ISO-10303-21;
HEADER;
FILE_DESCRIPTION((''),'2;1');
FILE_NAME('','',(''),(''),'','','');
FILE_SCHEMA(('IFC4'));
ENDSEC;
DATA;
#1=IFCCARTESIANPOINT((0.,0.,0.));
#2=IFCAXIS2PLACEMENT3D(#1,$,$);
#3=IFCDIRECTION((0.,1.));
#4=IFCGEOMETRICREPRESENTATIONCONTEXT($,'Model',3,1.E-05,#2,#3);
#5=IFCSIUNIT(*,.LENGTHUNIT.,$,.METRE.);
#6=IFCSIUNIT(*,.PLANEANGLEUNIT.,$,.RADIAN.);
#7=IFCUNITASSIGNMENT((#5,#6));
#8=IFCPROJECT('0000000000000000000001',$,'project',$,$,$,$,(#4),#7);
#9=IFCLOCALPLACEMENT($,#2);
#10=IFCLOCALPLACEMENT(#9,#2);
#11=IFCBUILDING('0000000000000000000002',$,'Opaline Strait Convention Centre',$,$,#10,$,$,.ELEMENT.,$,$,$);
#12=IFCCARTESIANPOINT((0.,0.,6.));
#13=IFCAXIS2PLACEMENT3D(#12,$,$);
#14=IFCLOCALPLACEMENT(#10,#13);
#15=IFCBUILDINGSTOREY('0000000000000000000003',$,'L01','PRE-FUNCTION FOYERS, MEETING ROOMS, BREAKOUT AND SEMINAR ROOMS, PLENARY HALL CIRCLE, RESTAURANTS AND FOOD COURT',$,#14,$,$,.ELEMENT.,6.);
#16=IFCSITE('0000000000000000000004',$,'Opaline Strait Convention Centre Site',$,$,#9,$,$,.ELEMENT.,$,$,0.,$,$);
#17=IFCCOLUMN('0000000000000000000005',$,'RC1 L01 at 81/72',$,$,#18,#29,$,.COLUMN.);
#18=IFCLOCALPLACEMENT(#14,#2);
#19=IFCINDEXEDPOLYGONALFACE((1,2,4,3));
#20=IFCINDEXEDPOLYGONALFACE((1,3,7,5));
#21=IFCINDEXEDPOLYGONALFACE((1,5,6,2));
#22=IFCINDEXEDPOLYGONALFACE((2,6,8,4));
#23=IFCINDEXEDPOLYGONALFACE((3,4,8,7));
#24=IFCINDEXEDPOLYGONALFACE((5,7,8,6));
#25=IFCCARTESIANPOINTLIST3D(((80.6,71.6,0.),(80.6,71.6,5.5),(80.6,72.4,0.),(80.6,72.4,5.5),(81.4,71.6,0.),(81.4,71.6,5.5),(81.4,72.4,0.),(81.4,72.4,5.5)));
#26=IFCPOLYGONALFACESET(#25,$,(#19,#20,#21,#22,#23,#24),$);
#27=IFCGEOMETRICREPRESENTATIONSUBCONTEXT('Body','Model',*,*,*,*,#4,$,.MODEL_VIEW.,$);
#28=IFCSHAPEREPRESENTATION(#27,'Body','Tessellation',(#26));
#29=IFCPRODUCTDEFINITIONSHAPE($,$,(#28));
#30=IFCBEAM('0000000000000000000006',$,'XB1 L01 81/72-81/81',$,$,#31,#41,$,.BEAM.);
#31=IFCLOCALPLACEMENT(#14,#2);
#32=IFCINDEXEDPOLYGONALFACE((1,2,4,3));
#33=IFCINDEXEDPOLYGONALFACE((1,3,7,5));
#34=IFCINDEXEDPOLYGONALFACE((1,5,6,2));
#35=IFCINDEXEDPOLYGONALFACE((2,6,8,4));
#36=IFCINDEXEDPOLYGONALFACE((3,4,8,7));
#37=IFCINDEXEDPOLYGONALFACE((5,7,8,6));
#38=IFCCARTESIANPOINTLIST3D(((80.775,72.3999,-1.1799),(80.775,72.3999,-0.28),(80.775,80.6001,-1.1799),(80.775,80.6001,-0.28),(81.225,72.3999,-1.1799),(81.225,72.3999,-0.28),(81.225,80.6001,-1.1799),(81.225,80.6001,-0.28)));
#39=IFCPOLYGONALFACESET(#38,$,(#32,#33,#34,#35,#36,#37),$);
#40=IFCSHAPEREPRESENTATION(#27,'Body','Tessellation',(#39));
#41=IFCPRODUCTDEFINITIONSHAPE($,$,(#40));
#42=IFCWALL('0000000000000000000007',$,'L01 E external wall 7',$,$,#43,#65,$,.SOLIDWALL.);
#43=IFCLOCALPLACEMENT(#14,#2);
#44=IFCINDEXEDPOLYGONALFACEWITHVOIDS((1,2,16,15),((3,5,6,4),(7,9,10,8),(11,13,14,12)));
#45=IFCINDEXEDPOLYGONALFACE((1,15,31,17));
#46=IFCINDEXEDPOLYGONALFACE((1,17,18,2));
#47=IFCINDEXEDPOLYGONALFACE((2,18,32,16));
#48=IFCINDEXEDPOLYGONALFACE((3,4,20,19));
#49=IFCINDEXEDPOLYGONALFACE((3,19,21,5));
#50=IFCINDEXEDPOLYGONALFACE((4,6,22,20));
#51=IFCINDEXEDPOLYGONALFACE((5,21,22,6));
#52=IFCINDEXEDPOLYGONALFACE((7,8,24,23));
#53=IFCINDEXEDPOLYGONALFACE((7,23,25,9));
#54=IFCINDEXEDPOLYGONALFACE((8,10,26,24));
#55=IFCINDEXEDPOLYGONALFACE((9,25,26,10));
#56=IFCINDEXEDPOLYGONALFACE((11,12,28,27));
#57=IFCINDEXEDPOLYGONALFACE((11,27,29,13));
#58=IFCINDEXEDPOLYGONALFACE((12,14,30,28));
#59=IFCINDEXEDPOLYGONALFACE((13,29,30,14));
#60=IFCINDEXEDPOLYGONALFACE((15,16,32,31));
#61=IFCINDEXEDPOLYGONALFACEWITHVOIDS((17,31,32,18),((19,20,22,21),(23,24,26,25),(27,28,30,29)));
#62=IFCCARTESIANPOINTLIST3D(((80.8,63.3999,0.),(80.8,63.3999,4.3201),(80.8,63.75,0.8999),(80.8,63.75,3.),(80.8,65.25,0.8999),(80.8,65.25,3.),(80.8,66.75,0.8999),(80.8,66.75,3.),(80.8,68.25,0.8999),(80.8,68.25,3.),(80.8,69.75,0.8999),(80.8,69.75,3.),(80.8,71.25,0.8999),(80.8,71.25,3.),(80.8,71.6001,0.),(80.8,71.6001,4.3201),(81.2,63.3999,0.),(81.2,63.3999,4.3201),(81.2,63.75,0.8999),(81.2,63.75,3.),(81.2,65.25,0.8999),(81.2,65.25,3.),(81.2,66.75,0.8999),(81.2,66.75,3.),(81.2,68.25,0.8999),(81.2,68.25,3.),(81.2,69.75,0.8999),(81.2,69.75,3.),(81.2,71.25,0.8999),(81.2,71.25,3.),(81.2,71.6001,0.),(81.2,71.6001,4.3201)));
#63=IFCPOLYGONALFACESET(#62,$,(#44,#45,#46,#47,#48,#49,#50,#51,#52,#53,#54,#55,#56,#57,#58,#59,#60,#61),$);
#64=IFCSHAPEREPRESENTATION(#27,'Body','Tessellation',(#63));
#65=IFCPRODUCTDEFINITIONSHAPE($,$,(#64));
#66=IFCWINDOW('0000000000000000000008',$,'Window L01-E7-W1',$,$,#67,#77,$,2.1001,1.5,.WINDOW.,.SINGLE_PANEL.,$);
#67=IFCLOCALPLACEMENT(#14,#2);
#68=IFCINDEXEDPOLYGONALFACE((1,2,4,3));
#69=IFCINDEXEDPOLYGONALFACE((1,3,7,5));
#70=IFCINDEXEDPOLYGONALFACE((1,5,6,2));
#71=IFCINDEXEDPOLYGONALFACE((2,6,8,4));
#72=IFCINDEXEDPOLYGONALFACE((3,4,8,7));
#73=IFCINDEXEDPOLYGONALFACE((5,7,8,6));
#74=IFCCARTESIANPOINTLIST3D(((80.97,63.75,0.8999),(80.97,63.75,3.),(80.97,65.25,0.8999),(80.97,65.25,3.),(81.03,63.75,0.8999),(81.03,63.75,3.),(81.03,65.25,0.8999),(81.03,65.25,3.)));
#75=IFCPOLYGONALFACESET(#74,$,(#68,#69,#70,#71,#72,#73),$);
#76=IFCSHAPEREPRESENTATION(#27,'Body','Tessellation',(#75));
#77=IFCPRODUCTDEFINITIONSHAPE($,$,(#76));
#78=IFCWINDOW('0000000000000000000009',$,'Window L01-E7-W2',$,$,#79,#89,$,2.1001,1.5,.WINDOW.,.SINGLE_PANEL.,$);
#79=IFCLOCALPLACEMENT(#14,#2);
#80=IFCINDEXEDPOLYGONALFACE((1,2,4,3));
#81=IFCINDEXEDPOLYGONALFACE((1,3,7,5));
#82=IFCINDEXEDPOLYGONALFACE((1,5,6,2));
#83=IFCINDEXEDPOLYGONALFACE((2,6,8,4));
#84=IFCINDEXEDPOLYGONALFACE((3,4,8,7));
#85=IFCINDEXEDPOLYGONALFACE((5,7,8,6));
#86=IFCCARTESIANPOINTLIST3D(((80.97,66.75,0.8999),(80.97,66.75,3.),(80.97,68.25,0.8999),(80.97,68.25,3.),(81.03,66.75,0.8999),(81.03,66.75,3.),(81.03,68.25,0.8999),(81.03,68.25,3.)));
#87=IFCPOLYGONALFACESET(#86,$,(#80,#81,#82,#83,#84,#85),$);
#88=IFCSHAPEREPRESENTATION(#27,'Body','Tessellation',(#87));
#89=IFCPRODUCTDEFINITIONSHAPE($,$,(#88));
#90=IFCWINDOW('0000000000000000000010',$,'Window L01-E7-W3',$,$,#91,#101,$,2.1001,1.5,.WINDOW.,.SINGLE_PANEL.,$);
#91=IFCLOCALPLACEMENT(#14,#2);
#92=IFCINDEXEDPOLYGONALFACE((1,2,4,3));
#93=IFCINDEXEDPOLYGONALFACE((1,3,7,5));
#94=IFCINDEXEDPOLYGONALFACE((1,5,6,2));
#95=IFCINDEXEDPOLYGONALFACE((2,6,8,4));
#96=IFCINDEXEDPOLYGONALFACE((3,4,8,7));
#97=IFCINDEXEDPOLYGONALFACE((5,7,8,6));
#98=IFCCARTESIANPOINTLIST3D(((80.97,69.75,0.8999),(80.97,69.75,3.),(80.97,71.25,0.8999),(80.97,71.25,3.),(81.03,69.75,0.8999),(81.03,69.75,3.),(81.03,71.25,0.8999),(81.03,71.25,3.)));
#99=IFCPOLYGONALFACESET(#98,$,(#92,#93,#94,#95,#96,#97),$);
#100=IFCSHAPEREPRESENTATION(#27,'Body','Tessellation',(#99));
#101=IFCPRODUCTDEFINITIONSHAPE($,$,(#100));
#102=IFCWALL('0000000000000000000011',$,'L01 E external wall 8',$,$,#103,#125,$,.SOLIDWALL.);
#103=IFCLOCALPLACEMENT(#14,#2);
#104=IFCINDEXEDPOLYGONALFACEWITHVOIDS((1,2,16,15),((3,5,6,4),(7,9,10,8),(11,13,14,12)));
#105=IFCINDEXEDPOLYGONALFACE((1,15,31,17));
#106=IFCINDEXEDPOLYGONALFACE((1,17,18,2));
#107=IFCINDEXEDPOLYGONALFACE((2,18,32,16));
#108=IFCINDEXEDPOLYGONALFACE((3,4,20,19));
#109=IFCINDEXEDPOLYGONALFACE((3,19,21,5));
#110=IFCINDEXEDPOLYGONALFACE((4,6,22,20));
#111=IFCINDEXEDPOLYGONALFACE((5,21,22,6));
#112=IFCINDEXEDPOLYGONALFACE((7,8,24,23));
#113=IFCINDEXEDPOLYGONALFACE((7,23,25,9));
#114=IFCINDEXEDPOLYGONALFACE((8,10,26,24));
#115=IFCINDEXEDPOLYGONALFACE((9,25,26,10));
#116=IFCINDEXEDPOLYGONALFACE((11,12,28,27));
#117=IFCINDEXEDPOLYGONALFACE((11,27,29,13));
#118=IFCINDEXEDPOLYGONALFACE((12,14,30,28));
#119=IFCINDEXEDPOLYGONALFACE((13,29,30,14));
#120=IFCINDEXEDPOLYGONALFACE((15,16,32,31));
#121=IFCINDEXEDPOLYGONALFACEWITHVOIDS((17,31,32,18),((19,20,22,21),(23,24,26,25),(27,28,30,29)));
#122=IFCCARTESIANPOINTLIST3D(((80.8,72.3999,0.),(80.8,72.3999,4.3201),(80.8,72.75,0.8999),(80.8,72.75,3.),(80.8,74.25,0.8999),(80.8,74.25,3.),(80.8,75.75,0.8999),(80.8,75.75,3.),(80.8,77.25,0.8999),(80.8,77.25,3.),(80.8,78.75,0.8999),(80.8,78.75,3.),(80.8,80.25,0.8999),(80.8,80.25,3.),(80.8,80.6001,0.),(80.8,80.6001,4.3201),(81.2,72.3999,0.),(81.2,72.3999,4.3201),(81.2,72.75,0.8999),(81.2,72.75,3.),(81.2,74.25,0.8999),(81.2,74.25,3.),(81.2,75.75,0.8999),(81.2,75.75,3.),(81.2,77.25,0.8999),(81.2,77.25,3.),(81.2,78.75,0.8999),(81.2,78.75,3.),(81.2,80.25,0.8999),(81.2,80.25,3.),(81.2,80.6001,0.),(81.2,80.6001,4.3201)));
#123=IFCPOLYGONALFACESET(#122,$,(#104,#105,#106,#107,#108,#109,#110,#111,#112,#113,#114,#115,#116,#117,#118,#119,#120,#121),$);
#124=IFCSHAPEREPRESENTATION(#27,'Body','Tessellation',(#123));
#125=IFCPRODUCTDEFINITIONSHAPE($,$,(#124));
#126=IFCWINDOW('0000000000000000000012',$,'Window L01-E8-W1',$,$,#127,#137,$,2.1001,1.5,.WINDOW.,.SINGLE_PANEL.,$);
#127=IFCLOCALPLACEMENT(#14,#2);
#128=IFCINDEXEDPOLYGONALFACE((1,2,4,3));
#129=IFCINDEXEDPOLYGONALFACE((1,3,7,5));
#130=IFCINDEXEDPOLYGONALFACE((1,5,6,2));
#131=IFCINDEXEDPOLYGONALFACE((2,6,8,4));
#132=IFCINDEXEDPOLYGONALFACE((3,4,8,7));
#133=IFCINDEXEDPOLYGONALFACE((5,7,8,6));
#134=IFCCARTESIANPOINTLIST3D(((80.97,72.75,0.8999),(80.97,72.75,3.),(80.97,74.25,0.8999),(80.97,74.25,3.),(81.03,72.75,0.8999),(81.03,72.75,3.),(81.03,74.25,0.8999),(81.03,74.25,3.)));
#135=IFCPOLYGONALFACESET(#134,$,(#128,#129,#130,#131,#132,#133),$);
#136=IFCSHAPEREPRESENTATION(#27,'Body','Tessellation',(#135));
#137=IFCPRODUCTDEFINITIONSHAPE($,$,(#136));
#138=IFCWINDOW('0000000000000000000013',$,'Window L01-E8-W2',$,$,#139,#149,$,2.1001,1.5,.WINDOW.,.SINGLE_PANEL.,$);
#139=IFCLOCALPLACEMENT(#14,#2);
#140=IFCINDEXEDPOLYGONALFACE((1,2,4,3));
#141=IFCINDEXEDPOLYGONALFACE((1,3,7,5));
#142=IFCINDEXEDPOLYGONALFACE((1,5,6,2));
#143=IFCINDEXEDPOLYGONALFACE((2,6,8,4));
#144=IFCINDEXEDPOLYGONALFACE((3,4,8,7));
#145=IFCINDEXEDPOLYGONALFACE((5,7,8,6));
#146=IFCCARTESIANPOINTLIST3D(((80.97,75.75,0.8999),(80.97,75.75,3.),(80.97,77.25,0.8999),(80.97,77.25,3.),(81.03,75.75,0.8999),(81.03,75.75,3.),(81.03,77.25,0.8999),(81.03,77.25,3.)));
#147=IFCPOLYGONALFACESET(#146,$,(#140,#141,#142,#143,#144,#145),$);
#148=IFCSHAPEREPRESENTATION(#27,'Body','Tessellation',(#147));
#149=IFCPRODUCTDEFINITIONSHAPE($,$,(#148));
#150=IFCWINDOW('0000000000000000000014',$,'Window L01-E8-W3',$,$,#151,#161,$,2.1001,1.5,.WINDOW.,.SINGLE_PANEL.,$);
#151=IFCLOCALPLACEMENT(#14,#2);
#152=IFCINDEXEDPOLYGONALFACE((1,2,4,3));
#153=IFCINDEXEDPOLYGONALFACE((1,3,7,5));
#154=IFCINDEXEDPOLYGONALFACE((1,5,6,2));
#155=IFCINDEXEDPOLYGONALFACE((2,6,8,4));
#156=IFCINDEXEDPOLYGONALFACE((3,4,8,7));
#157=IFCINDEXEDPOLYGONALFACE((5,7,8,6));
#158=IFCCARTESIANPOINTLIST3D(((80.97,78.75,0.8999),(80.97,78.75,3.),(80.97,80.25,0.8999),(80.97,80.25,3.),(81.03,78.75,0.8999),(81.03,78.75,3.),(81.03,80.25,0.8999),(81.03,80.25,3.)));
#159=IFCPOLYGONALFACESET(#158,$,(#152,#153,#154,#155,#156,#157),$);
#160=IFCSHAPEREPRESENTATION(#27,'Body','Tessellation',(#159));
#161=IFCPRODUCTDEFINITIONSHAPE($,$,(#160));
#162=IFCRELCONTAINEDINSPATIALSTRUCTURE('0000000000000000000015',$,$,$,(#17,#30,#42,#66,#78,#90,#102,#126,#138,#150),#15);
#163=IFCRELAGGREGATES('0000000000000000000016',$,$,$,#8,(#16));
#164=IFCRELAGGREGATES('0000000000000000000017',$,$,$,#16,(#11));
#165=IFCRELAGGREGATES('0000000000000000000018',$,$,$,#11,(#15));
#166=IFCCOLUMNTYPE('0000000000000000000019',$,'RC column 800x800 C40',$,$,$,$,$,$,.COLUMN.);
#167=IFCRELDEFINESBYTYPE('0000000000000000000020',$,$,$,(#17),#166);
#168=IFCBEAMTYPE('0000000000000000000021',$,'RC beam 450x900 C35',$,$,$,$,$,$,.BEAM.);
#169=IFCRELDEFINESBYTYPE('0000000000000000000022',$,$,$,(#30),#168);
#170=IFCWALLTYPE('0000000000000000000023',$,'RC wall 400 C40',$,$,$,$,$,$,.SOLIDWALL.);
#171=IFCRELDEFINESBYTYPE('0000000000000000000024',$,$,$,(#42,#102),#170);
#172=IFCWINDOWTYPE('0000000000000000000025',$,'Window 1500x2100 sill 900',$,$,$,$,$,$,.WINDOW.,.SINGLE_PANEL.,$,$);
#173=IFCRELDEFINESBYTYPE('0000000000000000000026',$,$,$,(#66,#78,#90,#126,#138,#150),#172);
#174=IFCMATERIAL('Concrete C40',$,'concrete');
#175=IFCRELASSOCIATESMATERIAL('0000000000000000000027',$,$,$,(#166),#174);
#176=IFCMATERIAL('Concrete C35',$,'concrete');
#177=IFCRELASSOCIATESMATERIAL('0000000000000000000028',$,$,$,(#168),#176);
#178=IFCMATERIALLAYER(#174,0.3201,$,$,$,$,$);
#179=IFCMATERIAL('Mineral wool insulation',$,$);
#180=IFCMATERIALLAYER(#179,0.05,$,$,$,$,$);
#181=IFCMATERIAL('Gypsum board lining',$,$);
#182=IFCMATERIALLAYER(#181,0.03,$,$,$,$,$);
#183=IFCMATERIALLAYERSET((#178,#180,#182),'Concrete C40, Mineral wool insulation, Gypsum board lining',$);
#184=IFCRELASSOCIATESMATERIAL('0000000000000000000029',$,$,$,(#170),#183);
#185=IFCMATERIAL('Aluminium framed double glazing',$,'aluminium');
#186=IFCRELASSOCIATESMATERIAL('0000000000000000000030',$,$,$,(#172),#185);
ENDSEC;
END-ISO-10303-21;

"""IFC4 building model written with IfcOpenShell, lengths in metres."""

from ifc_helpers import new_model, si_unit, direction, frame, frame_2d, origin, origin_2d, place, context, subcontext, project, spatial, rectangle, extrude, material, layer, layer_set, material_profile, profile_set, type_object, element, fill, save


model = new_model("IFC4")

# Units and contexts
model_context = context("Model", 3, precision=1e-05, world=origin(), true_north=direction((0.0, 1.0)))
body_context = subcontext(model_context, "Body", "Model", "MODEL_VIEW")
ifc_project = project(units=[si_unit("LENGTHUNIT", "METRE"), si_unit("PLANEANGLEUNIT", "RADIAN")], contexts=[model_context])

# Site, building, storey
site_placement = place(None, origin())
site = spatial("IfcSite", under=ifc_project, at=site_placement, Name="Opaline Strait Convention Centre Site", CompositionType="ELEMENT", RefElevation=0.0)
building_placement = place(site_placement, origin())
building = spatial("IfcBuilding", under=site, at=building_placement, Name="Opaline Strait Convention Centre", CompositionType="ELEMENT")
storey_placement = place(building_placement, frame((0.0, 0.0, 6.0)))
storey = spatial("IfcBuildingStorey", under=building, at=storey_placement, Name="L01", Description="PRE-FUNCTION FOYERS, MEETING ROOMS, BREAKOUT AND SEMINAR ROOMS, PLENARY HALL CIRCLE, RESTAURANTS AND FOOD COURT", CompositionType="ELEMENT", Elevation=6.0)

# Column
ifc_material_1 = material(Name="Concrete C40", Category="concrete")
ifc_material_profile_1 = material_profile(ifc_material_1, rectangle(XDim=0.8, YDim=0.8, at=origin_2d()), Name="RC 800x800")
ifc_profile_set_1 = profile_set([ifc_material_profile_1], Name="Concrete C40")
column_type = type_object("IfcColumnType", Name="RC column 800x800 C40", PredefinedType="COLUMN", material=ifc_profile_set_1)
column_placement = place(storey_placement, frame((81.0, 72.0, 0.0), z_axis=(0.0, 0.0, 1.0), x_axis=(1.0, 0.0, 0.0)))
element("IfcColumn", 1, at=column_placement, inside=storey, type_object=column_type, Name="RC1 L01 at 81/72", PredefinedType="COLUMN", context=body_context, shape_type="SweptSolid", body=[
    extrude(rectangle(XDim=0.8, YDim=0.8, at=origin_2d()), origin(), (0.0, 0.0, 1.0), 5.5),
])

# Beam
ifc_material_2 = material(Name="Concrete C35", Category="concrete")
ifc_material_profile_2 = material_profile(ifc_material_2, rectangle(XDim=0.45, YDim=0.8999, at=origin_2d()), Name="RC 450x900")
ifc_profile_set_2 = profile_set([ifc_material_profile_2], Name="Concrete C35")
beam_type = type_object("IfcBeamType", Name="RC beam 450x900 C35", PredefinedType="BEAM", material=ifc_profile_set_2)
beam_placement = place(storey_placement, frame((81.0, 72.3999, -0.73), z_axis=(0.0, 1.0, 0.0), x_axis=(-1.0, 0.0, 0.0)))
element("IfcBeam", 2, at=beam_placement, inside=storey, type_object=beam_type, Name="XB1 L01 81/72-81/81", PredefinedType="BEAM", context=body_context, shape_type="SweptSolid", body=[
    extrude(rectangle(XDim=0.45, YDim=0.8999, at=origin_2d()), origin(), (0.0, 0.0, 1.0), 8.2002),
])

# Walls, openings, windows
ifc_layer_1 = layer(ifc_material_1, 0.3201)
ifc_material_3 = material(Name="Mineral wool insulation")
ifc_layer_2 = layer(ifc_material_3, 0.05)
ifc_material_4 = material(Name="Gypsum board lining")
ifc_layer_3 = layer(ifc_material_4, 0.03)
ifc_layer_set_1 = layer_set([ifc_layer_1, ifc_layer_2, ifc_layer_3], Name="Concrete C40, Mineral wool insulation, Gypsum board lining")
wall_type = type_object("IfcWallType", Name="RC wall 400 C40", PredefinedType="SOLIDWALL", material=ifc_layer_set_1)
wall_1_placement = place(storey_placement, frame((81.0, 63.3999, 0.0), z_axis=(0.0, 0.0, 1.0), x_axis=(0.0, 1.0, 0.0)))
wall_1 = element("IfcWall", 3, at=wall_1_placement, inside=storey, type_object=wall_type, Name="L01 E external wall 7", PredefinedType="SOLIDWALL", context=body_context, shape_type="SweptSolid", body=[
    extrude(rectangle(XDim=8.2002, YDim=0.3999, at=frame_2d((4.1001, 0.0))), origin(), (0.0, 0.0, 1.0), 4.3201),
])
opening_1_placement = place(wall_1_placement, frame((0.3501, 0.0, 0.8999)))
opening_1 = element("IfcOpeningElement", 4, at=opening_1_placement, cuts=wall_1, PredefinedType="OPENING", context=body_context, shape_type="SweptSolid", body=[
    extrude(rectangle(XDim=1.5, YDim=2.1001, at=frame_2d((0.75, 1.05))), frame((0.0, 0.21, 0.0), z_axis=(0.0, -1.0, 0.0), x_axis=(1.0, 0.0, 0.0)), (0.0, 0.0, 1.0), 0.4199),
])
opening_2_placement = place(wall_1_placement, frame((3.3501, 0.0, 0.8999)))
opening_2 = element("IfcOpeningElement", 5, at=opening_2_placement, cuts=wall_1, PredefinedType="OPENING", context=body_context, shape_type="SweptSolid", body=[
    extrude(rectangle(XDim=1.5, YDim=2.1001, at=frame_2d((0.75, 1.05))), frame((0.0, 0.21, 0.0), z_axis=(0.0, -1.0, 0.0), x_axis=(1.0, 0.0, 0.0)), (0.0, 0.0, 1.0), 0.4199),
])
opening_3_placement = place(wall_1_placement, frame((6.3501, 0.0, 0.8999)))
opening_3 = element("IfcOpeningElement", 6, at=opening_3_placement, cuts=wall_1, PredefinedType="OPENING", context=body_context, shape_type="SweptSolid", body=[
    extrude(rectangle(XDim=1.5, YDim=2.1001, at=frame_2d((0.75, 1.05))), frame((0.0, 0.21, 0.0), z_axis=(0.0, -1.0, 0.0), x_axis=(1.0, 0.0, 0.0)), (0.0, 0.0, 1.0), 0.4199),
])
ifc_material_5 = material(Name="Aluminium framed double glazing", Category="aluminium")
window_type = type_object("IfcWindowType", Name="Window 1500x2100 sill 900", PartitioningType="SINGLE_PANEL", PredefinedType="WINDOW", material=ifc_material_5)
window_1_placement = place(opening_1_placement, origin())
window_1 = element("IfcWindow", 7, at=window_1_placement, inside=storey, type_object=window_type, Name="Window L01-E7-W1", OverallHeight=2.1001, OverallWidth=1.5, PartitioningType="SINGLE_PANEL", PredefinedType="WINDOW", context=body_context, shape_type="SweptSolid", body=[
    extrude(rectangle(XDim=1.5, YDim=2.1001, at=frame_2d((0.75, 1.05))), frame((0.0, 0.03, 0.0), z_axis=(0.0, -1.0, 0.0), x_axis=(1.0, 0.0, 0.0)), (0.0, 0.0, 1.0), 0.0601),
])
fill(opening_1, window_1)
window_2_placement = place(opening_2_placement, origin())
window_2 = element("IfcWindow", 8, at=window_2_placement, inside=storey, type_object=window_type, Name="Window L01-E7-W2", OverallHeight=2.1001, OverallWidth=1.5, PartitioningType="SINGLE_PANEL", PredefinedType="WINDOW", context=body_context, shape_type="SweptSolid", body=[
    extrude(rectangle(XDim=1.5, YDim=2.1001, at=frame_2d((0.75, 1.05))), frame((0.0, 0.03, 0.0), z_axis=(0.0, -1.0, 0.0), x_axis=(1.0, 0.0, 0.0)), (0.0, 0.0, 1.0), 0.0601),
])
fill(opening_2, window_2)
window_3_placement = place(opening_3_placement, origin())
window_3 = element("IfcWindow", 9, at=window_3_placement, inside=storey, type_object=window_type, Name="Window L01-E7-W3", OverallHeight=2.1001, OverallWidth=1.5, PartitioningType="SINGLE_PANEL", PredefinedType="WINDOW", context=body_context, shape_type="SweptSolid", body=[
    extrude(rectangle(XDim=1.5, YDim=2.1001, at=frame_2d((0.75, 1.05))), frame((0.0, 0.03, 0.0), z_axis=(0.0, -1.0, 0.0), x_axis=(1.0, 0.0, 0.0)), (0.0, 0.0, 1.0), 0.0601),
])
fill(opening_3, window_3)
wall_2_placement = place(storey_placement, frame((81.0, 72.3999, 0.0), z_axis=(0.0, 0.0, 1.0), x_axis=(0.0, 1.0, 0.0)))
wall_2 = element("IfcWall", 10, at=wall_2_placement, inside=storey, type_object=wall_type, Name="L01 E external wall 8", PredefinedType="SOLIDWALL", context=body_context, shape_type="SweptSolid", body=[
    extrude(rectangle(XDim=8.2002, YDim=0.3999, at=frame_2d((4.1001, 0.0))), origin(), (0.0, 0.0, 1.0), 4.3201),
])
opening_4_placement = place(wall_2_placement, frame((0.3501, 0.0, 0.8999)))
opening_4 = element("IfcOpeningElement", 11, at=opening_4_placement, cuts=wall_2, PredefinedType="OPENING", context=body_context, shape_type="SweptSolid", body=[
    extrude(rectangle(XDim=1.5, YDim=2.1001, at=frame_2d((0.75, 1.05))), frame((0.0, 0.21, 0.0), z_axis=(0.0, -1.0, 0.0), x_axis=(1.0, 0.0, 0.0)), (0.0, 0.0, 1.0), 0.4199),
])
opening_5_placement = place(wall_2_placement, frame((3.3501, 0.0, 0.8999)))
opening_5 = element("IfcOpeningElement", 12, at=opening_5_placement, cuts=wall_2, PredefinedType="OPENING", context=body_context, shape_type="SweptSolid", body=[
    extrude(rectangle(XDim=1.5, YDim=2.1001, at=frame_2d((0.75, 1.05))), frame((0.0, 0.21, 0.0), z_axis=(0.0, -1.0, 0.0), x_axis=(1.0, 0.0, 0.0)), (0.0, 0.0, 1.0), 0.4199),
])
opening_6_placement = place(wall_2_placement, frame((6.3501, 0.0, 0.8999)))
opening_6 = element("IfcOpeningElement", 13, at=opening_6_placement, cuts=wall_2, PredefinedType="OPENING", context=body_context, shape_type="SweptSolid", body=[
    extrude(rectangle(XDim=1.5, YDim=2.1001, at=frame_2d((0.75, 1.05))), frame((0.0, 0.21, 0.0), z_axis=(0.0, -1.0, 0.0), x_axis=(1.0, 0.0, 0.0)), (0.0, 0.0, 1.0), 0.4199),
])
window_4_placement = place(opening_4_placement, origin())
window_4 = element("IfcWindow", 14, at=window_4_placement, inside=storey, type_object=window_type, Name="Window L01-E8-W1", OverallHeight=2.1001, OverallWidth=1.5, PartitioningType="SINGLE_PANEL", PredefinedType="WINDOW", context=body_context, shape_type="SweptSolid", body=[
    extrude(rectangle(XDim=1.5, YDim=2.1001, at=frame_2d((0.75, 1.05))), frame((0.0, 0.03, 0.0), z_axis=(0.0, -1.0, 0.0), x_axis=(1.0, 0.0, 0.0)), (0.0, 0.0, 1.0), 0.0601),
])
fill(opening_4, window_4)
window_5_placement = place(opening_5_placement, origin())
window_5 = element("IfcWindow", 15, at=window_5_placement, inside=storey, type_object=window_type, Name="Window L01-E8-W2", OverallHeight=2.1001, OverallWidth=1.5, PartitioningType="SINGLE_PANEL", PredefinedType="WINDOW", context=body_context, shape_type="SweptSolid", body=[
    extrude(rectangle(XDim=1.5, YDim=2.1001, at=frame_2d((0.75, 1.05))), frame((0.0, 0.03, 0.0), z_axis=(0.0, -1.0, 0.0), x_axis=(1.0, 0.0, 0.0)), (0.0, 0.0, 1.0), 0.0601),
])
fill(opening_5, window_5)
window_6_placement = place(opening_6_placement, origin())
window_6 = element("IfcWindow", 16, at=window_6_placement, inside=storey, type_object=window_type, Name="Window L01-E8-W3", OverallHeight=2.1001, OverallWidth=1.5, PartitioningType="SINGLE_PANEL", PredefinedType="WINDOW", context=body_context, shape_type="SweptSolid", body=[
    extrude(rectangle(XDim=1.5, YDim=2.1001, at=frame_2d((0.75, 1.05))), frame((0.0, 0.03, 0.0), z_axis=(0.0, -1.0, 0.0), x_axis=(1.0, 0.0, 0.0)), (0.0, 0.0, 1.0), 0.0601),
])
fill(opening_6, window_6)

save(model, "model.ifc")
